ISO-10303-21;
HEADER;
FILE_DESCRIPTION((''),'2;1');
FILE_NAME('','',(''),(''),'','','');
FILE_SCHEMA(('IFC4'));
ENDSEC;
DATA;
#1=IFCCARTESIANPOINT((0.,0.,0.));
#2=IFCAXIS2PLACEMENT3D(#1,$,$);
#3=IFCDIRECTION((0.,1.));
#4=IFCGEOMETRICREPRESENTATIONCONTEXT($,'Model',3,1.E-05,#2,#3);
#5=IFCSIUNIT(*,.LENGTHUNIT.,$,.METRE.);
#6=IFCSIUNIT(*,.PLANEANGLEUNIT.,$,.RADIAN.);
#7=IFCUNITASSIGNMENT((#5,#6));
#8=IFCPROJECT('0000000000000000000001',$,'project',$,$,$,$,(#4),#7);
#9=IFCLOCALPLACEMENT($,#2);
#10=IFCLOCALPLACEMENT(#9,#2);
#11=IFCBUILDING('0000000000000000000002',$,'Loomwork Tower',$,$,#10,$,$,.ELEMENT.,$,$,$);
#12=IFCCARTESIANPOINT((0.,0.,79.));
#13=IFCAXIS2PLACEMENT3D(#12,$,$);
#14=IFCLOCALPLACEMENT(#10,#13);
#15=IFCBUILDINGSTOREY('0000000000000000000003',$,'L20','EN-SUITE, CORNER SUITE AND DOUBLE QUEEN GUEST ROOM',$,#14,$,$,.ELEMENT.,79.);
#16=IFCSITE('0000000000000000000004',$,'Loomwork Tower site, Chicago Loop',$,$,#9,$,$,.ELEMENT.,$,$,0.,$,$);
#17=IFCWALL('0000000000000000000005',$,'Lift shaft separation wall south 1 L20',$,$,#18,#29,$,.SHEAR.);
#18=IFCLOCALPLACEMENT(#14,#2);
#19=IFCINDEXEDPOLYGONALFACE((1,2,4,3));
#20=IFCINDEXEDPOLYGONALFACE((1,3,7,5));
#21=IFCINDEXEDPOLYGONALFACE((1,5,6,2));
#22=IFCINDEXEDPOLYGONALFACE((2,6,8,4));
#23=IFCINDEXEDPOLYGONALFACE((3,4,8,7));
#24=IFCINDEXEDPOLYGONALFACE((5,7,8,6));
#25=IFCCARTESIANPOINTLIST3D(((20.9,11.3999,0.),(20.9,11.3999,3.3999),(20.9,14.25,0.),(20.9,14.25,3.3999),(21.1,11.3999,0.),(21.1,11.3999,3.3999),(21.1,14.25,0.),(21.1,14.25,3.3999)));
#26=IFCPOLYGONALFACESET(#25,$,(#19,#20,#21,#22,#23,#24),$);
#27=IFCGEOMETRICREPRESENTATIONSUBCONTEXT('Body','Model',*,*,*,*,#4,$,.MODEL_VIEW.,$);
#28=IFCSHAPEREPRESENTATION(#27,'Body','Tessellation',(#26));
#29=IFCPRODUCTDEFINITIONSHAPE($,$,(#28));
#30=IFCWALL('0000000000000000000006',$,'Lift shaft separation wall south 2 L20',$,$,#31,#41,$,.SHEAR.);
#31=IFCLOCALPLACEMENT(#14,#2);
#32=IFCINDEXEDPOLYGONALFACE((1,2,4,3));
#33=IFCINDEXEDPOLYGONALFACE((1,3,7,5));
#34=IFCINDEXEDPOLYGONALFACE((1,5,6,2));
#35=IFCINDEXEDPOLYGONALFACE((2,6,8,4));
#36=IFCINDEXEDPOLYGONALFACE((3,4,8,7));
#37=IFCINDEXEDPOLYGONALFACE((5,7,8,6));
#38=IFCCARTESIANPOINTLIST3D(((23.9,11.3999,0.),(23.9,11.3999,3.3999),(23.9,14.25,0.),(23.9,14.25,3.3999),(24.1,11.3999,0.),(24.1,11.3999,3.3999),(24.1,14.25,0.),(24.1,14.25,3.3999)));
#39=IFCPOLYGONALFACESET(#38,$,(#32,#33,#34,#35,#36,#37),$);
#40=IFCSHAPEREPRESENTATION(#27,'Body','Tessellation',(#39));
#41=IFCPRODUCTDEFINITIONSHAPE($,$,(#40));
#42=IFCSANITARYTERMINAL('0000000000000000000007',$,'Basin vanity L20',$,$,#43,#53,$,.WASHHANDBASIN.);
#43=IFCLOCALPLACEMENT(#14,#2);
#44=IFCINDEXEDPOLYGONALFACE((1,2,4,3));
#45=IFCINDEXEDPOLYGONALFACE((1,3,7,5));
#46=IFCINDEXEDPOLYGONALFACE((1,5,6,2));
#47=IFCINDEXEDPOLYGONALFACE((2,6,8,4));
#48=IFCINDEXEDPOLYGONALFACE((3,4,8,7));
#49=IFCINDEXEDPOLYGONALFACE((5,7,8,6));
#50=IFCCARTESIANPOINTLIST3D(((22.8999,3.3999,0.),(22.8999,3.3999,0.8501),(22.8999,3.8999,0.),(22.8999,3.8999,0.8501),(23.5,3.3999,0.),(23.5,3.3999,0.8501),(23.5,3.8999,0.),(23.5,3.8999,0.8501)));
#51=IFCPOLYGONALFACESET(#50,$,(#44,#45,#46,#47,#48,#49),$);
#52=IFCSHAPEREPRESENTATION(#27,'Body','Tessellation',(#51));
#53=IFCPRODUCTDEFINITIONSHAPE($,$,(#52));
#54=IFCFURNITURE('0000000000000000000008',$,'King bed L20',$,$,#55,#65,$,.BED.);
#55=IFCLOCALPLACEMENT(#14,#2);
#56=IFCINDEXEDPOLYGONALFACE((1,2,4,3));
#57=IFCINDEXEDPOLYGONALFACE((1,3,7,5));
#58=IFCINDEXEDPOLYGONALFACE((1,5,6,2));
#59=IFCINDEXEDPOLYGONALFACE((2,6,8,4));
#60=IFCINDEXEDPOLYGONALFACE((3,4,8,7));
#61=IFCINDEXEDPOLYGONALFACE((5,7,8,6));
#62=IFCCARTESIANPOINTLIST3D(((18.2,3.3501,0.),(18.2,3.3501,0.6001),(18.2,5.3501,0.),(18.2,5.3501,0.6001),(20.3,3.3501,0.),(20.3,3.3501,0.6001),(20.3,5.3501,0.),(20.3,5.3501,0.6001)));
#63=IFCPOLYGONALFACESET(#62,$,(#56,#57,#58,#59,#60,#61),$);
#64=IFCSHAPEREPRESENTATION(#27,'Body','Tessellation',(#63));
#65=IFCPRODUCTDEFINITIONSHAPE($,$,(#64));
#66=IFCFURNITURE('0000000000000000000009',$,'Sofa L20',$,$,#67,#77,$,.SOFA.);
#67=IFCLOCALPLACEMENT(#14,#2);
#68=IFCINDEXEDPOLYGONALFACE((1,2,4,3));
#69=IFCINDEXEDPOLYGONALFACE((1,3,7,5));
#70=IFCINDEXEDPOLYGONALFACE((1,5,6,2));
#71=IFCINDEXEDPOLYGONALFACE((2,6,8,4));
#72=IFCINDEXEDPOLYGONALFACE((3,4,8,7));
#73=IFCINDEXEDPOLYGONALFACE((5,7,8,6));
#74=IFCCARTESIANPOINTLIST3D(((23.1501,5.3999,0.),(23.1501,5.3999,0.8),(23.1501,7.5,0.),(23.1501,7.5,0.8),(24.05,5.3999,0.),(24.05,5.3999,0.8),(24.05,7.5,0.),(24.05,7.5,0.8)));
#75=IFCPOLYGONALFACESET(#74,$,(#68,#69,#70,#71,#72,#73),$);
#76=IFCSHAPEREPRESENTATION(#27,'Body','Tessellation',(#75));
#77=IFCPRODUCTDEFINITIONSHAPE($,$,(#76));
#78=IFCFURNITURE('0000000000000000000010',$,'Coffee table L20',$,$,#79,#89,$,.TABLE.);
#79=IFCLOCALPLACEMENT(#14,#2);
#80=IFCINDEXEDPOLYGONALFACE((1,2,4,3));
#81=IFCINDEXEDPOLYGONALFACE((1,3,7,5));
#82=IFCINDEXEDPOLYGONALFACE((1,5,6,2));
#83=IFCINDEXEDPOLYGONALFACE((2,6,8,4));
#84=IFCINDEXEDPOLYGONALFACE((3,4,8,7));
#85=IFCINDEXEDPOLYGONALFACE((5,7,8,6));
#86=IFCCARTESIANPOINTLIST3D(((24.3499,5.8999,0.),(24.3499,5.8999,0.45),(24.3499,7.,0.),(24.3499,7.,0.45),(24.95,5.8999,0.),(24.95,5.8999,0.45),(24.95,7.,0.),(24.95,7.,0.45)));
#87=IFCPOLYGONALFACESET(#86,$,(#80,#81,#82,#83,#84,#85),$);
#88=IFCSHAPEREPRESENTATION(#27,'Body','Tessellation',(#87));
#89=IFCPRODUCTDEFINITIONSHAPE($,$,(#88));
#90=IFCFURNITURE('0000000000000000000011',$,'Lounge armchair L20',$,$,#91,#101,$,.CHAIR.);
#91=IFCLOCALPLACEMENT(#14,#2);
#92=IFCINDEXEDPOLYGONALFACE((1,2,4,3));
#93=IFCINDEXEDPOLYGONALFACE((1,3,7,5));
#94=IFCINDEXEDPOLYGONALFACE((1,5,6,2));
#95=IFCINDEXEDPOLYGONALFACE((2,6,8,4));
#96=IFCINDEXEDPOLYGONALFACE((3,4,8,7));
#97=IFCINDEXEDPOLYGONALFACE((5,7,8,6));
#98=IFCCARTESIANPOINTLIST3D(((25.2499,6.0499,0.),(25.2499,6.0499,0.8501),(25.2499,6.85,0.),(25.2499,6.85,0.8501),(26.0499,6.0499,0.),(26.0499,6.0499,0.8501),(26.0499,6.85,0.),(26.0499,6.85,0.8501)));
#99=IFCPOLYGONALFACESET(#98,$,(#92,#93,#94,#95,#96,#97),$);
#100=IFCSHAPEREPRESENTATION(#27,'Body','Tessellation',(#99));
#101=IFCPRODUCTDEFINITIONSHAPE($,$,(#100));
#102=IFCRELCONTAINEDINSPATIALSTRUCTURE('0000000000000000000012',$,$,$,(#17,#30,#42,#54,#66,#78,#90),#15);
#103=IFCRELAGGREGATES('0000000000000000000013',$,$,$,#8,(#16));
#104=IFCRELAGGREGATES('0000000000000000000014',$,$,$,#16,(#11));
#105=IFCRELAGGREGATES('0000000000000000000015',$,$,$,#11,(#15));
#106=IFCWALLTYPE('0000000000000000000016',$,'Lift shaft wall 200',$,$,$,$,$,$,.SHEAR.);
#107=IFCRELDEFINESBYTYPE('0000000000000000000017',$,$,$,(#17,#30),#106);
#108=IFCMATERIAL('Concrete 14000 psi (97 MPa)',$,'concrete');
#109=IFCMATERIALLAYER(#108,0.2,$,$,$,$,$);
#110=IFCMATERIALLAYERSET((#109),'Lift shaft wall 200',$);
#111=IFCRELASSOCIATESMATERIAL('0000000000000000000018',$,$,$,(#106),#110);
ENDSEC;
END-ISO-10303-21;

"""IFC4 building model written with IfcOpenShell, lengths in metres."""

from ifc_helpers import new_model, si_unit, direction, frame, frame_2d, origin, origin_2d, place, context, subcontext, project, spatial, rectangle, extrude, material, layer, layer_set, type_object, element, save


model = new_model("IFC4")

# Units and contexts
model_context = context("Model", 3, precision=1e-05, world=origin(), true_north=direction((0.0, 1.0)))
body_context = subcontext(model_context, "Body", "Model", "MODEL_VIEW")
ifc_project = project(units=[si_unit("LENGTHUNIT", "METRE"), si_unit("PLANEANGLEUNIT", "RADIAN")], contexts=[model_context])

# Site, building, storey
site_placement = place(None, origin())
site = spatial("IfcSite", under=ifc_project, at=site_placement, Name="Loomwork Tower site, Chicago Loop", CompositionType="ELEMENT", RefElevation=0.0)
building_placement = place(site_placement, origin())
building = spatial("IfcBuilding", under=site, at=building_placement, Name="Loomwork Tower", CompositionType="ELEMENT")
storey_placement = place(building_placement, frame((0.0, 0.0, 79.0)))
storey = spatial("IfcBuildingStorey", under=building, at=storey_placement, Name="L20", Description="EN-SUITE, CORNER SUITE AND DOUBLE QUEEN GUEST ROOM", CompositionType="ELEMENT", Elevation=79.0)

# Walls
ifc_material_1 = material(Name="Concrete 14000 psi (97 MPa)", Category="concrete")
ifc_layer_1 = layer(ifc_material_1, 0.2)
ifc_layer_set_1 = layer_set([ifc_layer_1], Name="Lift shaft wall 200")
wall_type_1 = type_object("IfcWallType", Name="Lift shaft wall 200", PredefinedType="SHEAR", material=ifc_layer_set_1)
for number, where, z_axis, x_axis, name in (
    (1, (21.0, 11.3999, 0.0), (0.0, 0.0, 1.0), (0.0, 1.0, 0.0), "Lift shaft separation wall south 1 L20"),
    (2, (24.0, 11.3999, 0.0), (0.0, 0.0, 1.0), (0.0, 1.0, 0.0), "Lift shaft separation wall south 2 L20"),
):
    element("IfcWall", number, at=place(storey_placement, frame(where, z_axis=z_axis, x_axis=x_axis)), inside=storey, type_object=wall_type_1, Name=name, PredefinedType="SHEAR", context=body_context, shape_type="SweptSolid", body=[
        extrude(rectangle(XDim=2.8501, YDim=0.2, at=frame_2d((1.425, 0.0))), origin(), (0.0, 0.0, 1.0), 3.3999),
    ])

# Sanitary terminal
sanitary_terminal_placement = place(storey_placement, frame((23.2, 3.6499, 0.0), z_axis=(0.0, 0.0, 1.0), x_axis=(1.0, 0.0, 0.0)))
element("IfcSanitaryTerminal", 3, at=sanitary_terminal_placement, inside=storey, Name="Basin vanity L20", PredefinedType="WASHHANDBASIN", context=body_context, shape_type="SweptSolid", body=[
    extrude(rectangle(XDim=0.6001, YDim=0.5, at=origin_2d()), origin(), (0.0, 0.0, 1.0), 0.8501),
])

# Furniture
furniture_1_placement = place(storey_placement, frame((19.25, 4.3501, 0.0), z_axis=(0.0, 0.0, 1.0), x_axis=(1.0, 0.0, 0.0)))
element("IfcFurniture", 4, at=furniture_1_placement, inside=storey, Name="King bed L20", PredefinedType="BED", context=body_context, shape_type="SweptSolid", body=[
    extrude(rectangle(XDim=2.1001, YDim=2.0, at=origin_2d()), origin(), (0.0, 0.0, 1.0), 0.6001),
])
furniture_2_placement = place(storey_placement, frame((23.6001, 6.45, 0.0), z_axis=(0.0, 0.0, 1.0), x_axis=(1.0, 0.0, 0.0)))
element("IfcFurniture", 5, at=furniture_2_placement, inside=storey, Name="Sofa L20", PredefinedType="SOFA", context=body_context, shape_type="SweptSolid", body=[
    extrude(rectangle(XDim=0.8999, YDim=2.1001, at=origin_2d()), origin(), (0.0, 0.0, 1.0), 0.8),
])
furniture_3_placement = place(storey_placement, frame((24.6499, 6.45, 0.0), z_axis=(0.0, 0.0, 1.0), x_axis=(1.0, 0.0, 0.0)))
element("IfcFurniture", 6, at=furniture_3_placement, inside=storey, Name="Coffee table L20", PredefinedType="TABLE", context=body_context, shape_type="SweptSolid", body=[
    extrude(rectangle(XDim=0.6001, YDim=1.1001, at=origin_2d()), origin(), (0.0, 0.0, 1.0), 0.45),
])
furniture_4_placement = place(storey_placement, frame((25.6499, 6.45, 0.0), z_axis=(0.0, 0.0, 1.0), x_axis=(1.0, 0.0, 0.0)))
element("IfcFurniture", 7, at=furniture_4_placement, inside=storey, Name="Lounge armchair L20", PredefinedType="CHAIR", context=body_context, shape_type="SweptSolid", body=[
    extrude(rectangle(XDim=0.8, YDim=0.8, at=origin_2d()), origin(), (0.0, 0.0, 1.0), 0.8501),
])

save(model, "model.ifc")
